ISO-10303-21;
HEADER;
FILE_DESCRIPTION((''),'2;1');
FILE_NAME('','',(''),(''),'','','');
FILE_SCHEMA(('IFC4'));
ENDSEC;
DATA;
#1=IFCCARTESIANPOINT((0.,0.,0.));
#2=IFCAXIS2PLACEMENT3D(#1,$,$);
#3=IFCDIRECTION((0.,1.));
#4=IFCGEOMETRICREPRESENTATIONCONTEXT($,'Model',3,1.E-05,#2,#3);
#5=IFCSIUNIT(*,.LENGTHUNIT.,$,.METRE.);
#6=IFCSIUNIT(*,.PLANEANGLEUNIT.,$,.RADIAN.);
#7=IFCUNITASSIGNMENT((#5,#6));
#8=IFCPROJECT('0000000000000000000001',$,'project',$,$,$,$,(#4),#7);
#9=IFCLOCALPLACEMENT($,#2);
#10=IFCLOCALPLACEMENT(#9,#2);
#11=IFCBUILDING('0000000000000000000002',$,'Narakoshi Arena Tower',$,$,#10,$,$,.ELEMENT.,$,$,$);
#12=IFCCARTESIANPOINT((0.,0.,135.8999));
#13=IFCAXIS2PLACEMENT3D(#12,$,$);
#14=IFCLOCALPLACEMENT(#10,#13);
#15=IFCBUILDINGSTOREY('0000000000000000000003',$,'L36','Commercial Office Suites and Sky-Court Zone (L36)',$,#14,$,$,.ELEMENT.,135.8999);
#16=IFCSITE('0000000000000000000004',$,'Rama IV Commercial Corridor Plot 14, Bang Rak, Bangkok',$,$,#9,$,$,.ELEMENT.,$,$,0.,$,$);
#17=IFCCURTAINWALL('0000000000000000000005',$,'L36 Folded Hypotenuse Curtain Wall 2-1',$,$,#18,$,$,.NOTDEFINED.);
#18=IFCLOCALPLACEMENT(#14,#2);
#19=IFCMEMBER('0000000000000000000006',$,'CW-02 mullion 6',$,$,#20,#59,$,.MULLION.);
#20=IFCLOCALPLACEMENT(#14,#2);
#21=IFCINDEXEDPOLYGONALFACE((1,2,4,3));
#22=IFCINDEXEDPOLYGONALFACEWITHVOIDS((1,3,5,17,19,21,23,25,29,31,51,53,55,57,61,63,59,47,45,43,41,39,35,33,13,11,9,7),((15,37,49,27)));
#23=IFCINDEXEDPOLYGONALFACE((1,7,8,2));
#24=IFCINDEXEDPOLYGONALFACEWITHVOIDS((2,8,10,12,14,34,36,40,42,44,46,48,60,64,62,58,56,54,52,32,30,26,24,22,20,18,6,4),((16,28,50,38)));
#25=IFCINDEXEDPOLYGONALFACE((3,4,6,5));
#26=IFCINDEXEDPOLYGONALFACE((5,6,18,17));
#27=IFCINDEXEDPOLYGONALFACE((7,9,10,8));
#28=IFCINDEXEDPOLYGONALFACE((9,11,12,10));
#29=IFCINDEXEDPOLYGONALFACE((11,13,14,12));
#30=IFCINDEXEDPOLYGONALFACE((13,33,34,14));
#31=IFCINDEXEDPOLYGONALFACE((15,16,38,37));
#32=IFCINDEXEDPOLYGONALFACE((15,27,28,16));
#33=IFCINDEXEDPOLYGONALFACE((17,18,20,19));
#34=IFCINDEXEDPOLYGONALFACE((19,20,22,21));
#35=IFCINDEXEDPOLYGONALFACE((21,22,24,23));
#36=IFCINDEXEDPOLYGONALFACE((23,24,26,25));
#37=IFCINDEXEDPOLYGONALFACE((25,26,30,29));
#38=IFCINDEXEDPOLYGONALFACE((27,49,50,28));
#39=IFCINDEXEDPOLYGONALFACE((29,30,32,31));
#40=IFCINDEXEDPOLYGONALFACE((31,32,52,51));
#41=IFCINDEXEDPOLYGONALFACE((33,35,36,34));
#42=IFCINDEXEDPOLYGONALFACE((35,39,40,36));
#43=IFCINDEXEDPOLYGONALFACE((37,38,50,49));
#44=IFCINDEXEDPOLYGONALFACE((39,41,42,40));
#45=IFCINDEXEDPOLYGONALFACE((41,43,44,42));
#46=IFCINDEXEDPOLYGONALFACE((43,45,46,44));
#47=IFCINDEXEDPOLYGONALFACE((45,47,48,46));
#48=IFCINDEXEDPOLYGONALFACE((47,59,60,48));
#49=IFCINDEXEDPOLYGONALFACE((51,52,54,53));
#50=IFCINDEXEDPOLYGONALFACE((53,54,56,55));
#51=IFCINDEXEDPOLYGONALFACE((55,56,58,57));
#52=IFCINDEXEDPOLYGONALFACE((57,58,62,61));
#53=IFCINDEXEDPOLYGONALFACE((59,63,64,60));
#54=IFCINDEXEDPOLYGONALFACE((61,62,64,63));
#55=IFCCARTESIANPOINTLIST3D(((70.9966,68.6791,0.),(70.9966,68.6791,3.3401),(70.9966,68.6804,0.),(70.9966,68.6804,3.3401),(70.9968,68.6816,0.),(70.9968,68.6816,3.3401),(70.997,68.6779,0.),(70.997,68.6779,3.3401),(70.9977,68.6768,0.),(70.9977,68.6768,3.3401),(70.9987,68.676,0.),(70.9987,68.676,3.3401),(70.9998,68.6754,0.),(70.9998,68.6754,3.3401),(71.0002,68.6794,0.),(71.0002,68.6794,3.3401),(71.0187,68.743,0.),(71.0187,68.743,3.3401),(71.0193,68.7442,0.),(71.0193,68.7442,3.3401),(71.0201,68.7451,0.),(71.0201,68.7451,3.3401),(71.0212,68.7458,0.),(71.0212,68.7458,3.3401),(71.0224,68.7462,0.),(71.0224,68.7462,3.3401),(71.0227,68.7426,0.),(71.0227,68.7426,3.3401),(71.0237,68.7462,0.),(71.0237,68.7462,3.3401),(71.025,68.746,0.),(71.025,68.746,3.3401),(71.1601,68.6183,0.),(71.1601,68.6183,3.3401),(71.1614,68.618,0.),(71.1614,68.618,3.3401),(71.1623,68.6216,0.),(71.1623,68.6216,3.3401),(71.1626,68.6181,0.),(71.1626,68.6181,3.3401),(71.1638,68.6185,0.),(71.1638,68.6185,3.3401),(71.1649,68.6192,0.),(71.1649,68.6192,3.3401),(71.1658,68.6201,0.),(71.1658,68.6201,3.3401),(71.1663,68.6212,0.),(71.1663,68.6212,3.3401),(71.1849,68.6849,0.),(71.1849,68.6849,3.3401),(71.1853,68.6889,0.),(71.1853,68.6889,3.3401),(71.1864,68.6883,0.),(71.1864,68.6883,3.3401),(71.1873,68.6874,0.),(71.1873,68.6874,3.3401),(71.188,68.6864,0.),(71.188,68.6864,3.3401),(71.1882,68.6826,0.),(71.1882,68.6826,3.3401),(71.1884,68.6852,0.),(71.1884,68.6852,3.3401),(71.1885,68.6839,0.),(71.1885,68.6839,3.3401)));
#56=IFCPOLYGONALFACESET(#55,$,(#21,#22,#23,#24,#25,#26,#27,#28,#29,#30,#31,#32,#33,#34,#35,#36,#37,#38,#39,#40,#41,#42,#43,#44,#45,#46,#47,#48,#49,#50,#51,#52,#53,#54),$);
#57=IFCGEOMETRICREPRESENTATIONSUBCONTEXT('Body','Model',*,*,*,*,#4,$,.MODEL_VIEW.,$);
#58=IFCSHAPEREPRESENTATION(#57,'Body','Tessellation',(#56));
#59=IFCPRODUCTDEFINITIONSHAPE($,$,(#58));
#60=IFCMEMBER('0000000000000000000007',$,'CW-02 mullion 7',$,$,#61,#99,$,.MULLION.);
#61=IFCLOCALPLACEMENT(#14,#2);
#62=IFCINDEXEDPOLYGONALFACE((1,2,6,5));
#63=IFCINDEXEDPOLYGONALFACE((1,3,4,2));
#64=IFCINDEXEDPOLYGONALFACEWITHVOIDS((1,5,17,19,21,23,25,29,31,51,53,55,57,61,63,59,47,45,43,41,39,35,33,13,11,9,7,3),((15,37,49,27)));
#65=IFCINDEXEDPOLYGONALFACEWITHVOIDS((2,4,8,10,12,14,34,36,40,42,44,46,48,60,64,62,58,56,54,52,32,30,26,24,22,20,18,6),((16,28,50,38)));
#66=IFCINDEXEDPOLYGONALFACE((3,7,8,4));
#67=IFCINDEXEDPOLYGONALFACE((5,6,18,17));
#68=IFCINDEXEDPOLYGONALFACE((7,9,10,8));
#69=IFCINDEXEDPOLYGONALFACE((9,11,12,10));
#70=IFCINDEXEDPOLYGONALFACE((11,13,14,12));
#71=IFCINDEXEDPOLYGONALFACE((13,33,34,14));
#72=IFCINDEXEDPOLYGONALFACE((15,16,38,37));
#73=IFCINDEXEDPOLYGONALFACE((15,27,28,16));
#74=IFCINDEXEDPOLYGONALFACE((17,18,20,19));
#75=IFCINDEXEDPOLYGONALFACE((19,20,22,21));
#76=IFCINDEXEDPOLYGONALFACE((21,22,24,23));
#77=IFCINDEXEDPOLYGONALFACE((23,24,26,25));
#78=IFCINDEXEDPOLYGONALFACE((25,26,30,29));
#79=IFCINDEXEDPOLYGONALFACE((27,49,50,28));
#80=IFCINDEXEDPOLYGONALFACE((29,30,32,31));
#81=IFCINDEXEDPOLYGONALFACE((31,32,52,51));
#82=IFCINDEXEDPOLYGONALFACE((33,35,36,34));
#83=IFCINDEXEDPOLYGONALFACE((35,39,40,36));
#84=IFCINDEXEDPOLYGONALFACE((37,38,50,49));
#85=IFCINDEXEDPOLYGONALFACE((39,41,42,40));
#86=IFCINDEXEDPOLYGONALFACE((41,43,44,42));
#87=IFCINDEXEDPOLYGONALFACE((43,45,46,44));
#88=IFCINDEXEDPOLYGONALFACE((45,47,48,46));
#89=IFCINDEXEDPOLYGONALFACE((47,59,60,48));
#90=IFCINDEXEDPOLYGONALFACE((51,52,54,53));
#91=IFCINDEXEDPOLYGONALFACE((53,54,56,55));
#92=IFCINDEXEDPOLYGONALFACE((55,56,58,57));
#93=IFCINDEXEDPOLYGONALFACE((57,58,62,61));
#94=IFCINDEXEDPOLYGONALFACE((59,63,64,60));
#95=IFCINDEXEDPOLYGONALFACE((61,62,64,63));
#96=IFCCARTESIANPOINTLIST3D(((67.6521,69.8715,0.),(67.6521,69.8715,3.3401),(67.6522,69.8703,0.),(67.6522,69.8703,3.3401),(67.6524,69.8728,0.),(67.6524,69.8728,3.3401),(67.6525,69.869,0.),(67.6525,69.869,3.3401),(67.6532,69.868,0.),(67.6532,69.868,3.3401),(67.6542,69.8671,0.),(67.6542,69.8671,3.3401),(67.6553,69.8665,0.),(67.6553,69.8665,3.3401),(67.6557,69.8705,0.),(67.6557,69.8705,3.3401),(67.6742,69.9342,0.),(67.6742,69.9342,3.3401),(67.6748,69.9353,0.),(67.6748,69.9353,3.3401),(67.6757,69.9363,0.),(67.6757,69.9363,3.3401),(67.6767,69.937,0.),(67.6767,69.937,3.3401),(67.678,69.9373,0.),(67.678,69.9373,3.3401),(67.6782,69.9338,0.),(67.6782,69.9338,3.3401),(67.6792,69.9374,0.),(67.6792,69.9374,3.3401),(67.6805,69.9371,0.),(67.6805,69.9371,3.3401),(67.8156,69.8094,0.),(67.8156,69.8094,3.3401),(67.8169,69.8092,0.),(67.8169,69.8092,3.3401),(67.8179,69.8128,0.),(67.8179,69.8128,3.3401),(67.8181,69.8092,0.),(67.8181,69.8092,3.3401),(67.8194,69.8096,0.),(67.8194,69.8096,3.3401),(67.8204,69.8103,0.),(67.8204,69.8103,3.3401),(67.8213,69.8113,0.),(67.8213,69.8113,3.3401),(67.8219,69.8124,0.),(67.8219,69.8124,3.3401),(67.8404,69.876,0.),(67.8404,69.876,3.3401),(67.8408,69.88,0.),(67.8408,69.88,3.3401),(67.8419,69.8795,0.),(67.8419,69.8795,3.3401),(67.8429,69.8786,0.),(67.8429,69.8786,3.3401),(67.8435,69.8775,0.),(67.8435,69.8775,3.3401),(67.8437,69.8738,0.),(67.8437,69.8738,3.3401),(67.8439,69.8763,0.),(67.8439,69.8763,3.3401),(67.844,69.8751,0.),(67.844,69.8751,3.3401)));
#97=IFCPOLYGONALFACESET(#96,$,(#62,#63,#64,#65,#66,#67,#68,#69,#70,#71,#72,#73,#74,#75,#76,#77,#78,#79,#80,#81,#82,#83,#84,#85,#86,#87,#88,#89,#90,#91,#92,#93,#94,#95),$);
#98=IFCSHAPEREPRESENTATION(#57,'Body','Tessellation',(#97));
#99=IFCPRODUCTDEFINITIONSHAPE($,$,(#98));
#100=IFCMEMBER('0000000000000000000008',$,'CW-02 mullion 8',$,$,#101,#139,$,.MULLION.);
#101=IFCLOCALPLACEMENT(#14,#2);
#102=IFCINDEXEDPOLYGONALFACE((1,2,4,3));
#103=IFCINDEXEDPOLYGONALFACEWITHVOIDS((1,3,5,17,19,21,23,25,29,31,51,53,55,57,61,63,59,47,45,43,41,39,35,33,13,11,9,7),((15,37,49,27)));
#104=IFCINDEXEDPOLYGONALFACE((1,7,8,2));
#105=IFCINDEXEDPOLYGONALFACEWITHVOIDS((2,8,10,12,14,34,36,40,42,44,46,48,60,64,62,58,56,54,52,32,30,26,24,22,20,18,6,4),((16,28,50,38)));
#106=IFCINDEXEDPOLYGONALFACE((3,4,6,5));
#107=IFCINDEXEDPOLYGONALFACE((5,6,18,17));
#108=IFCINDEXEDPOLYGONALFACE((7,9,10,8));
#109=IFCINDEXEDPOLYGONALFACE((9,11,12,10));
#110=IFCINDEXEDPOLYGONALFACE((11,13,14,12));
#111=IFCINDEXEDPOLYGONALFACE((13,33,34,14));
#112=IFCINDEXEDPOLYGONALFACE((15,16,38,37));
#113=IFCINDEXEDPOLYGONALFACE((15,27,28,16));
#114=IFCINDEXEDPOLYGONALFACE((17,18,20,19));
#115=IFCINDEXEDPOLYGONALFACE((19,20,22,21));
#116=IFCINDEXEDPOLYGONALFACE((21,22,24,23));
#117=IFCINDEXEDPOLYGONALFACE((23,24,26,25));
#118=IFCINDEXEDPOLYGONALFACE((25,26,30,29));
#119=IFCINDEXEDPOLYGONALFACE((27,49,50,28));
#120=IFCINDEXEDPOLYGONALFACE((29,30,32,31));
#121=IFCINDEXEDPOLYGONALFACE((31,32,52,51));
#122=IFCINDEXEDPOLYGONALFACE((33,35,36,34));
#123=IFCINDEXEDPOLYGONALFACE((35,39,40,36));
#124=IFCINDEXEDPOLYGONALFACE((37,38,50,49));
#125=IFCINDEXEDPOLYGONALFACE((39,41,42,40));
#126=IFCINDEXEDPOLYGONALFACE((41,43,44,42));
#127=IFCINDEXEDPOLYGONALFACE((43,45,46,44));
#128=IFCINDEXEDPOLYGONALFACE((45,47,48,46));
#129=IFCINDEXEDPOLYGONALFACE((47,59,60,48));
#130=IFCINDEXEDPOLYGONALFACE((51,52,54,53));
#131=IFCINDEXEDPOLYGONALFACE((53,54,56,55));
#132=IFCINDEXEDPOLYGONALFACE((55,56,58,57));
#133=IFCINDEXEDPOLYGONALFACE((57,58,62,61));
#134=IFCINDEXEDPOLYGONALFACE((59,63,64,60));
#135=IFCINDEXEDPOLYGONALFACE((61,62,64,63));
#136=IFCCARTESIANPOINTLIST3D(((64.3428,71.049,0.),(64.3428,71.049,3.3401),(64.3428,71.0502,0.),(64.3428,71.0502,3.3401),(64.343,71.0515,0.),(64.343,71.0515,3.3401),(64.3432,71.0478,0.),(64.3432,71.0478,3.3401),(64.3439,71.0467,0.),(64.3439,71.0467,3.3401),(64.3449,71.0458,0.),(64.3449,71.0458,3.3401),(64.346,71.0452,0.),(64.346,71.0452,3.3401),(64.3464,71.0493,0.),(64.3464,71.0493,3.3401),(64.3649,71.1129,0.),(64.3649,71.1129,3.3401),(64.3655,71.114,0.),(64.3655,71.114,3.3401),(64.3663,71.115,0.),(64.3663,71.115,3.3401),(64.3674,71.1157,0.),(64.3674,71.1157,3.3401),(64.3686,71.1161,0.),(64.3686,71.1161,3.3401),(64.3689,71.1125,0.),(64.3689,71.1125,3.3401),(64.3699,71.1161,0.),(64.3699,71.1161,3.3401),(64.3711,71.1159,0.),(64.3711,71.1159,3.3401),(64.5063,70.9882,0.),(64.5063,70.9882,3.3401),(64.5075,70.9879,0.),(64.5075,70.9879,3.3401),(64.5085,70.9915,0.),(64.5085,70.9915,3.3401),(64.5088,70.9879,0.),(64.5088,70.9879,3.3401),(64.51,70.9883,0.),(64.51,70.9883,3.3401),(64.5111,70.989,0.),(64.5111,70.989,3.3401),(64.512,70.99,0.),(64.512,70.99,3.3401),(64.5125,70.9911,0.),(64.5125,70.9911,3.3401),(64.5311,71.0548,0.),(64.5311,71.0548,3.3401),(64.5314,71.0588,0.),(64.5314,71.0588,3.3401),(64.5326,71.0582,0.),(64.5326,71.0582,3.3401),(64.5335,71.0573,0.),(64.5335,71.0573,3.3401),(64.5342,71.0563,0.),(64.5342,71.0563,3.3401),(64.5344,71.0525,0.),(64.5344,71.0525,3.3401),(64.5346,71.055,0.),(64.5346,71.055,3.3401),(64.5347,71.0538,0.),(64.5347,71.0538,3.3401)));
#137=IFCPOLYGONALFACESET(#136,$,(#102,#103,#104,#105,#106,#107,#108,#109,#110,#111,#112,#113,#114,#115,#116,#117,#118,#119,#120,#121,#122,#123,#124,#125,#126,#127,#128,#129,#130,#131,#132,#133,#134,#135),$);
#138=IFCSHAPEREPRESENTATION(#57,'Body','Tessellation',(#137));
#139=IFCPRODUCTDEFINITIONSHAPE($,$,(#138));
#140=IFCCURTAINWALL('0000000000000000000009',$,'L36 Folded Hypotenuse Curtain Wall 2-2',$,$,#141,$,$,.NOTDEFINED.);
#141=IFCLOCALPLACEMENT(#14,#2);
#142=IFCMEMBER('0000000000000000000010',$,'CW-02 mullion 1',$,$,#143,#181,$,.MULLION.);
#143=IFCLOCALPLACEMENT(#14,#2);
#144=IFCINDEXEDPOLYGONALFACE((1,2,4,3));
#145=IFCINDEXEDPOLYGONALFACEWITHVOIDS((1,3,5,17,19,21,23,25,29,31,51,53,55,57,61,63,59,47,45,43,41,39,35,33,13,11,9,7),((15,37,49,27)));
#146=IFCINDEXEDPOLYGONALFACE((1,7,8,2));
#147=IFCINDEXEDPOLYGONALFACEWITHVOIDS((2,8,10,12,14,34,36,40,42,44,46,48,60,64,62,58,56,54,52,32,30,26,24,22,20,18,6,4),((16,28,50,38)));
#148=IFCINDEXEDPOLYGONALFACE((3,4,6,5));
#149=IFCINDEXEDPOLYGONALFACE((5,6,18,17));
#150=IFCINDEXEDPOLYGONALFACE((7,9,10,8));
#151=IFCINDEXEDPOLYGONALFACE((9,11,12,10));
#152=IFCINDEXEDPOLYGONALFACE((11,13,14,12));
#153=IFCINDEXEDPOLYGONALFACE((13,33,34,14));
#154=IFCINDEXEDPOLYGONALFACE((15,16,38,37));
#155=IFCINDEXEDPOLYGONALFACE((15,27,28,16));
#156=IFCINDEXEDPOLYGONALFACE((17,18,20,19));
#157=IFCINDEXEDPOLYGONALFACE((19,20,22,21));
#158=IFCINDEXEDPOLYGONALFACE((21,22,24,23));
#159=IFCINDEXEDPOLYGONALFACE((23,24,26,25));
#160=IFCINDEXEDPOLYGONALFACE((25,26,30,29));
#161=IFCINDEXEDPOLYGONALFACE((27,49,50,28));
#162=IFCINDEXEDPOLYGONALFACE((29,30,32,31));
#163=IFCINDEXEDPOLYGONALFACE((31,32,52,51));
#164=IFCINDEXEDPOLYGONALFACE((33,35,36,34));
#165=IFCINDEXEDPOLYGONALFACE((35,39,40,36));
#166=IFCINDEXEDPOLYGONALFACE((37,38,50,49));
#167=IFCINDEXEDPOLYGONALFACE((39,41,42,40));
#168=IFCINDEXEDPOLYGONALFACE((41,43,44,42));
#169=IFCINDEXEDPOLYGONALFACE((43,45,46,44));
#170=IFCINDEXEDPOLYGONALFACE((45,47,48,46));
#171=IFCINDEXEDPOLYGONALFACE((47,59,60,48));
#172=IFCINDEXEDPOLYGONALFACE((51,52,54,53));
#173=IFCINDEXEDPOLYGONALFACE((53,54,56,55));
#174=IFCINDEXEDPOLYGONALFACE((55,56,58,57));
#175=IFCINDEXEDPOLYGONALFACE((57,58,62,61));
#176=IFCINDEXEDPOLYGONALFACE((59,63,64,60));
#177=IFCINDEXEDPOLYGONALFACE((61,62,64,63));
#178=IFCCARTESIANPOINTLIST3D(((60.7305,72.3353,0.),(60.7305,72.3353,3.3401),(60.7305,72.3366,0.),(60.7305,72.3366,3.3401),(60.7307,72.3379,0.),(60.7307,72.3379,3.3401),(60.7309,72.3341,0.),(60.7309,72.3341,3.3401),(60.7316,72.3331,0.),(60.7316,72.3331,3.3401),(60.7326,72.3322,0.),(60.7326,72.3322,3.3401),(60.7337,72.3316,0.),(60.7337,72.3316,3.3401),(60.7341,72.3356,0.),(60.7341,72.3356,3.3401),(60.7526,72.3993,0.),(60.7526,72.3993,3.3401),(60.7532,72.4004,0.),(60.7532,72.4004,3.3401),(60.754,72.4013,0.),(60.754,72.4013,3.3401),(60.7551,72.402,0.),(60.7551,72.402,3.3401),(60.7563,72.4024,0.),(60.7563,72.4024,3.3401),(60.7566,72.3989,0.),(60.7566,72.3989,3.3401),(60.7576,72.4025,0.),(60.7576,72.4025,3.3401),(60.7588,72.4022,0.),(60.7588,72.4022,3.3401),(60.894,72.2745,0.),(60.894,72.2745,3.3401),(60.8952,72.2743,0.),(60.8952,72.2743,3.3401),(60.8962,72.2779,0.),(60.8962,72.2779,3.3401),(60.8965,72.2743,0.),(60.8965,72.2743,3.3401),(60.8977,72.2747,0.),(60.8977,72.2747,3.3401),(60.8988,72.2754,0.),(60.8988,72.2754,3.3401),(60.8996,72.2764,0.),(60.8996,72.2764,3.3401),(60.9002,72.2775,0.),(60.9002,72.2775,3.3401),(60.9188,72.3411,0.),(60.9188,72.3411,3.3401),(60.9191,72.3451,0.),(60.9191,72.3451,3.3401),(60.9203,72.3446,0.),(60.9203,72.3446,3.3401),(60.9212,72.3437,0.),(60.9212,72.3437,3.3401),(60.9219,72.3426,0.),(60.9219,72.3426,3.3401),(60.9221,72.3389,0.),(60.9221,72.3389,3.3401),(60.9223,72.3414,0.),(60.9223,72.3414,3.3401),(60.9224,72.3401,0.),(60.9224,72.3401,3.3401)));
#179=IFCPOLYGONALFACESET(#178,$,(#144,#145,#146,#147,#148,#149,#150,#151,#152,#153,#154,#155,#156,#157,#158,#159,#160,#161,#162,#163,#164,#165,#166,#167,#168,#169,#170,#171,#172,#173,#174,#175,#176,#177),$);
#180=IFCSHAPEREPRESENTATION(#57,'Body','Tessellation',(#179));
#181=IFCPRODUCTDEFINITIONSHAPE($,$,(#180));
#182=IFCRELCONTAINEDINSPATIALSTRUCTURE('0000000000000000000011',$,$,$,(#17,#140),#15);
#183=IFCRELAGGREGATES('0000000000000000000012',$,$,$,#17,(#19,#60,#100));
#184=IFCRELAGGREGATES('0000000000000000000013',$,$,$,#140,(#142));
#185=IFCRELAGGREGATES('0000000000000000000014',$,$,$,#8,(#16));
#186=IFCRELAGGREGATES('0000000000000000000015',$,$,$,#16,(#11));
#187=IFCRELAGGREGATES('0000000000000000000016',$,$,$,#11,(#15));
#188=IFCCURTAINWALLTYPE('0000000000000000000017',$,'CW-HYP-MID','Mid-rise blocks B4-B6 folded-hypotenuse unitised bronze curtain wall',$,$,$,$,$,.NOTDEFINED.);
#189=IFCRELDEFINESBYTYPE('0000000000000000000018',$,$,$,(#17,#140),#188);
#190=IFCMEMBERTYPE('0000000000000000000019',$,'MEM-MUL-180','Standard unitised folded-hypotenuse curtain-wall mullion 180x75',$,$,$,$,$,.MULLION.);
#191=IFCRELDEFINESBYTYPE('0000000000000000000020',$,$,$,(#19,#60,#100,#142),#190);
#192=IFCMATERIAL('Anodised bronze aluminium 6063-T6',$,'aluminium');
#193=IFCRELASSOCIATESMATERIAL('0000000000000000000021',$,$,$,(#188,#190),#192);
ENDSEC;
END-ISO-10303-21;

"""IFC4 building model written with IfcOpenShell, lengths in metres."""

from ifc_helpers import new_model, si_unit, direction, frame, origin, origin_2d, place, context, subcontext, project, spatial, hollow_rectangle, extrude, material, material_profile, profile_set, type_object, element, aggregate, save


model = new_model("IFC4")

# Units and contexts
model_context = context("Model", 3, precision=1e-05, world=origin(), true_north=direction((0.0, 1.0)))
body_context = subcontext(model_context, "Body", "Model", "MODEL_VIEW")
ifc_project = project(units=[si_unit("LENGTHUNIT", "METRE"), si_unit("PLANEANGLEUNIT", "RADIAN")], contexts=[model_context])

# Site, building, storey
site_placement = place(None, origin())
site = spatial("IfcSite", under=ifc_project, at=site_placement, Name="Rama IV Commercial Corridor Plot 14, Bang Rak, Bangkok", CompositionType="ELEMENT", RefElevation=0.0)
building_placement = place(site_placement, origin())
building = spatial("IfcBuilding", under=site, at=building_placement, Name="Narakoshi Arena Tower", CompositionType="ELEMENT")
storey_placement = place(building_placement, frame((0.0, 0.0, 135.8999)))
storey = spatial("IfcBuildingStorey", under=building, at=storey_placement, Name="L36", Description="Commercial Office Suites and Sky-Court Zone (L36)", CompositionType="ELEMENT", Elevation=135.8999)

# Curtain walls, members
ifc_material_1 = material(Name="Anodised bronze aluminium 6063-T6", Category="aluminium")
curtain_wall_type = type_object("IfcCurtainWallType", Name="CW-HYP-MID", Description="Mid-rise blocks B4-B6 folded-hypotenuse unitised bronze curtain wall", PredefinedType="NOTDEFINED", material=ifc_material_1)
curtain_wall_1_placement = place(storey_placement, origin())
curtain_wall_1 = element("IfcCurtainWall", 1, at=curtain_wall_1_placement, inside=storey, type_object=curtain_wall_type, Name="L36 Folded Hypotenuse Curtain Wall 2-1", PredefinedType="NOTDEFINED")
ifc_material_profile_1 = material_profile(ifc_material_1, hollow_rectangle(XDim=0.075, YDim=0.1799, WallThickness=0.0039, OuterFilletRadius=0.0049, at=origin_2d()), Name="MUL180x75x4")
ifc_profile_set_1 = profile_set([ifc_material_profile_1], Name="Anodised bronze aluminium 6063-T6")
member_type_1 = type_object("IfcMemberType", Name="MEM-MUL-180", Description="Standard unitised folded-hypotenuse curtain-wall mullion 180x75", PredefinedType="MULLION", material=ifc_profile_set_1)
member_1_placement = place(storey_placement, frame((71.0925, 68.6821, 0.0), z_axis=(0.0, 0.0, 1.0), x_axis=(-0.335518, -0.942034, 0.0)))
member_1 = element("IfcMember", 2, at=member_1_placement, type_object=member_type_1, Name="CW-02 mullion 6", PredefinedType="MULLION", context=body_context, shape_type="SweptSolid", body=[
    extrude(hollow_rectangle(XDim=0.075, YDim=0.1799, WallThickness=0.0039, OuterFilletRadius=0.0049, at=origin_2d()), origin(), (0.0, 0.0, 1.0), 3.3401),
])
member_2_placement = place(storey_placement, frame((67.748, 69.8733, 0.0), z_axis=(0.0, 0.0, 1.0), x_axis=(-0.335518, -0.942034, 0.0)))
member_2 = element("IfcMember", 3, at=member_2_placement, type_object=member_type_1, Name="CW-02 mullion 7", PredefinedType="MULLION", context=body_context, shape_type="SweptSolid", body=[
    extrude(hollow_rectangle(XDim=0.075, YDim=0.1799, WallThickness=0.0039, OuterFilletRadius=0.0049, at=origin_2d()), origin(), (0.0, 0.0, 1.0), 3.3401),
])
member_3_placement = place(storey_placement, frame((64.4387, 71.052, 0.0), z_axis=(0.0, 0.0, 1.0), x_axis=(-0.335518, -0.942034, 0.0)))
member_3 = element("IfcMember", 4, at=member_3_placement, type_object=member_type_1, Name="CW-02 mullion 8", PredefinedType="MULLION", context=body_context, shape_type="SweptSolid", body=[
    extrude(hollow_rectangle(XDim=0.075, YDim=0.1799, WallThickness=0.0039, OuterFilletRadius=0.0049, at=origin_2d()), origin(), (0.0, 0.0, 1.0), 3.3401),
])
curtain_wall_2_placement = place(storey_placement, origin())
curtain_wall_2 = element("IfcCurtainWall", 5, at=curtain_wall_2_placement, inside=storey, type_object=curtain_wall_type, Name="L36 Folded Hypotenuse Curtain Wall 2-2", PredefinedType="NOTDEFINED")
member_4_placement = place(storey_placement, frame((60.8264, 72.3384, 0.0), z_axis=(0.0, 0.0, 1.0), x_axis=(-0.335542, -0.942025, 0.0)))
member_4 = element("IfcMember", 6, at=member_4_placement, type_object=member_type_1, Name="CW-02 mullion 1", PredefinedType="MULLION", context=body_context, shape_type="SweptSolid", body=[
    extrude(hollow_rectangle(XDim=0.075, YDim=0.1799, WallThickness=0.0039, OuterFilletRadius=0.0049, at=origin_2d()), origin(), (0.0, 0.0, 1.0), 3.3401),
])

aggregate(curtain_wall_1, [member_1, member_2, member_3])
aggregate(curtain_wall_2, [member_4])

save(model, "model.ifc")
